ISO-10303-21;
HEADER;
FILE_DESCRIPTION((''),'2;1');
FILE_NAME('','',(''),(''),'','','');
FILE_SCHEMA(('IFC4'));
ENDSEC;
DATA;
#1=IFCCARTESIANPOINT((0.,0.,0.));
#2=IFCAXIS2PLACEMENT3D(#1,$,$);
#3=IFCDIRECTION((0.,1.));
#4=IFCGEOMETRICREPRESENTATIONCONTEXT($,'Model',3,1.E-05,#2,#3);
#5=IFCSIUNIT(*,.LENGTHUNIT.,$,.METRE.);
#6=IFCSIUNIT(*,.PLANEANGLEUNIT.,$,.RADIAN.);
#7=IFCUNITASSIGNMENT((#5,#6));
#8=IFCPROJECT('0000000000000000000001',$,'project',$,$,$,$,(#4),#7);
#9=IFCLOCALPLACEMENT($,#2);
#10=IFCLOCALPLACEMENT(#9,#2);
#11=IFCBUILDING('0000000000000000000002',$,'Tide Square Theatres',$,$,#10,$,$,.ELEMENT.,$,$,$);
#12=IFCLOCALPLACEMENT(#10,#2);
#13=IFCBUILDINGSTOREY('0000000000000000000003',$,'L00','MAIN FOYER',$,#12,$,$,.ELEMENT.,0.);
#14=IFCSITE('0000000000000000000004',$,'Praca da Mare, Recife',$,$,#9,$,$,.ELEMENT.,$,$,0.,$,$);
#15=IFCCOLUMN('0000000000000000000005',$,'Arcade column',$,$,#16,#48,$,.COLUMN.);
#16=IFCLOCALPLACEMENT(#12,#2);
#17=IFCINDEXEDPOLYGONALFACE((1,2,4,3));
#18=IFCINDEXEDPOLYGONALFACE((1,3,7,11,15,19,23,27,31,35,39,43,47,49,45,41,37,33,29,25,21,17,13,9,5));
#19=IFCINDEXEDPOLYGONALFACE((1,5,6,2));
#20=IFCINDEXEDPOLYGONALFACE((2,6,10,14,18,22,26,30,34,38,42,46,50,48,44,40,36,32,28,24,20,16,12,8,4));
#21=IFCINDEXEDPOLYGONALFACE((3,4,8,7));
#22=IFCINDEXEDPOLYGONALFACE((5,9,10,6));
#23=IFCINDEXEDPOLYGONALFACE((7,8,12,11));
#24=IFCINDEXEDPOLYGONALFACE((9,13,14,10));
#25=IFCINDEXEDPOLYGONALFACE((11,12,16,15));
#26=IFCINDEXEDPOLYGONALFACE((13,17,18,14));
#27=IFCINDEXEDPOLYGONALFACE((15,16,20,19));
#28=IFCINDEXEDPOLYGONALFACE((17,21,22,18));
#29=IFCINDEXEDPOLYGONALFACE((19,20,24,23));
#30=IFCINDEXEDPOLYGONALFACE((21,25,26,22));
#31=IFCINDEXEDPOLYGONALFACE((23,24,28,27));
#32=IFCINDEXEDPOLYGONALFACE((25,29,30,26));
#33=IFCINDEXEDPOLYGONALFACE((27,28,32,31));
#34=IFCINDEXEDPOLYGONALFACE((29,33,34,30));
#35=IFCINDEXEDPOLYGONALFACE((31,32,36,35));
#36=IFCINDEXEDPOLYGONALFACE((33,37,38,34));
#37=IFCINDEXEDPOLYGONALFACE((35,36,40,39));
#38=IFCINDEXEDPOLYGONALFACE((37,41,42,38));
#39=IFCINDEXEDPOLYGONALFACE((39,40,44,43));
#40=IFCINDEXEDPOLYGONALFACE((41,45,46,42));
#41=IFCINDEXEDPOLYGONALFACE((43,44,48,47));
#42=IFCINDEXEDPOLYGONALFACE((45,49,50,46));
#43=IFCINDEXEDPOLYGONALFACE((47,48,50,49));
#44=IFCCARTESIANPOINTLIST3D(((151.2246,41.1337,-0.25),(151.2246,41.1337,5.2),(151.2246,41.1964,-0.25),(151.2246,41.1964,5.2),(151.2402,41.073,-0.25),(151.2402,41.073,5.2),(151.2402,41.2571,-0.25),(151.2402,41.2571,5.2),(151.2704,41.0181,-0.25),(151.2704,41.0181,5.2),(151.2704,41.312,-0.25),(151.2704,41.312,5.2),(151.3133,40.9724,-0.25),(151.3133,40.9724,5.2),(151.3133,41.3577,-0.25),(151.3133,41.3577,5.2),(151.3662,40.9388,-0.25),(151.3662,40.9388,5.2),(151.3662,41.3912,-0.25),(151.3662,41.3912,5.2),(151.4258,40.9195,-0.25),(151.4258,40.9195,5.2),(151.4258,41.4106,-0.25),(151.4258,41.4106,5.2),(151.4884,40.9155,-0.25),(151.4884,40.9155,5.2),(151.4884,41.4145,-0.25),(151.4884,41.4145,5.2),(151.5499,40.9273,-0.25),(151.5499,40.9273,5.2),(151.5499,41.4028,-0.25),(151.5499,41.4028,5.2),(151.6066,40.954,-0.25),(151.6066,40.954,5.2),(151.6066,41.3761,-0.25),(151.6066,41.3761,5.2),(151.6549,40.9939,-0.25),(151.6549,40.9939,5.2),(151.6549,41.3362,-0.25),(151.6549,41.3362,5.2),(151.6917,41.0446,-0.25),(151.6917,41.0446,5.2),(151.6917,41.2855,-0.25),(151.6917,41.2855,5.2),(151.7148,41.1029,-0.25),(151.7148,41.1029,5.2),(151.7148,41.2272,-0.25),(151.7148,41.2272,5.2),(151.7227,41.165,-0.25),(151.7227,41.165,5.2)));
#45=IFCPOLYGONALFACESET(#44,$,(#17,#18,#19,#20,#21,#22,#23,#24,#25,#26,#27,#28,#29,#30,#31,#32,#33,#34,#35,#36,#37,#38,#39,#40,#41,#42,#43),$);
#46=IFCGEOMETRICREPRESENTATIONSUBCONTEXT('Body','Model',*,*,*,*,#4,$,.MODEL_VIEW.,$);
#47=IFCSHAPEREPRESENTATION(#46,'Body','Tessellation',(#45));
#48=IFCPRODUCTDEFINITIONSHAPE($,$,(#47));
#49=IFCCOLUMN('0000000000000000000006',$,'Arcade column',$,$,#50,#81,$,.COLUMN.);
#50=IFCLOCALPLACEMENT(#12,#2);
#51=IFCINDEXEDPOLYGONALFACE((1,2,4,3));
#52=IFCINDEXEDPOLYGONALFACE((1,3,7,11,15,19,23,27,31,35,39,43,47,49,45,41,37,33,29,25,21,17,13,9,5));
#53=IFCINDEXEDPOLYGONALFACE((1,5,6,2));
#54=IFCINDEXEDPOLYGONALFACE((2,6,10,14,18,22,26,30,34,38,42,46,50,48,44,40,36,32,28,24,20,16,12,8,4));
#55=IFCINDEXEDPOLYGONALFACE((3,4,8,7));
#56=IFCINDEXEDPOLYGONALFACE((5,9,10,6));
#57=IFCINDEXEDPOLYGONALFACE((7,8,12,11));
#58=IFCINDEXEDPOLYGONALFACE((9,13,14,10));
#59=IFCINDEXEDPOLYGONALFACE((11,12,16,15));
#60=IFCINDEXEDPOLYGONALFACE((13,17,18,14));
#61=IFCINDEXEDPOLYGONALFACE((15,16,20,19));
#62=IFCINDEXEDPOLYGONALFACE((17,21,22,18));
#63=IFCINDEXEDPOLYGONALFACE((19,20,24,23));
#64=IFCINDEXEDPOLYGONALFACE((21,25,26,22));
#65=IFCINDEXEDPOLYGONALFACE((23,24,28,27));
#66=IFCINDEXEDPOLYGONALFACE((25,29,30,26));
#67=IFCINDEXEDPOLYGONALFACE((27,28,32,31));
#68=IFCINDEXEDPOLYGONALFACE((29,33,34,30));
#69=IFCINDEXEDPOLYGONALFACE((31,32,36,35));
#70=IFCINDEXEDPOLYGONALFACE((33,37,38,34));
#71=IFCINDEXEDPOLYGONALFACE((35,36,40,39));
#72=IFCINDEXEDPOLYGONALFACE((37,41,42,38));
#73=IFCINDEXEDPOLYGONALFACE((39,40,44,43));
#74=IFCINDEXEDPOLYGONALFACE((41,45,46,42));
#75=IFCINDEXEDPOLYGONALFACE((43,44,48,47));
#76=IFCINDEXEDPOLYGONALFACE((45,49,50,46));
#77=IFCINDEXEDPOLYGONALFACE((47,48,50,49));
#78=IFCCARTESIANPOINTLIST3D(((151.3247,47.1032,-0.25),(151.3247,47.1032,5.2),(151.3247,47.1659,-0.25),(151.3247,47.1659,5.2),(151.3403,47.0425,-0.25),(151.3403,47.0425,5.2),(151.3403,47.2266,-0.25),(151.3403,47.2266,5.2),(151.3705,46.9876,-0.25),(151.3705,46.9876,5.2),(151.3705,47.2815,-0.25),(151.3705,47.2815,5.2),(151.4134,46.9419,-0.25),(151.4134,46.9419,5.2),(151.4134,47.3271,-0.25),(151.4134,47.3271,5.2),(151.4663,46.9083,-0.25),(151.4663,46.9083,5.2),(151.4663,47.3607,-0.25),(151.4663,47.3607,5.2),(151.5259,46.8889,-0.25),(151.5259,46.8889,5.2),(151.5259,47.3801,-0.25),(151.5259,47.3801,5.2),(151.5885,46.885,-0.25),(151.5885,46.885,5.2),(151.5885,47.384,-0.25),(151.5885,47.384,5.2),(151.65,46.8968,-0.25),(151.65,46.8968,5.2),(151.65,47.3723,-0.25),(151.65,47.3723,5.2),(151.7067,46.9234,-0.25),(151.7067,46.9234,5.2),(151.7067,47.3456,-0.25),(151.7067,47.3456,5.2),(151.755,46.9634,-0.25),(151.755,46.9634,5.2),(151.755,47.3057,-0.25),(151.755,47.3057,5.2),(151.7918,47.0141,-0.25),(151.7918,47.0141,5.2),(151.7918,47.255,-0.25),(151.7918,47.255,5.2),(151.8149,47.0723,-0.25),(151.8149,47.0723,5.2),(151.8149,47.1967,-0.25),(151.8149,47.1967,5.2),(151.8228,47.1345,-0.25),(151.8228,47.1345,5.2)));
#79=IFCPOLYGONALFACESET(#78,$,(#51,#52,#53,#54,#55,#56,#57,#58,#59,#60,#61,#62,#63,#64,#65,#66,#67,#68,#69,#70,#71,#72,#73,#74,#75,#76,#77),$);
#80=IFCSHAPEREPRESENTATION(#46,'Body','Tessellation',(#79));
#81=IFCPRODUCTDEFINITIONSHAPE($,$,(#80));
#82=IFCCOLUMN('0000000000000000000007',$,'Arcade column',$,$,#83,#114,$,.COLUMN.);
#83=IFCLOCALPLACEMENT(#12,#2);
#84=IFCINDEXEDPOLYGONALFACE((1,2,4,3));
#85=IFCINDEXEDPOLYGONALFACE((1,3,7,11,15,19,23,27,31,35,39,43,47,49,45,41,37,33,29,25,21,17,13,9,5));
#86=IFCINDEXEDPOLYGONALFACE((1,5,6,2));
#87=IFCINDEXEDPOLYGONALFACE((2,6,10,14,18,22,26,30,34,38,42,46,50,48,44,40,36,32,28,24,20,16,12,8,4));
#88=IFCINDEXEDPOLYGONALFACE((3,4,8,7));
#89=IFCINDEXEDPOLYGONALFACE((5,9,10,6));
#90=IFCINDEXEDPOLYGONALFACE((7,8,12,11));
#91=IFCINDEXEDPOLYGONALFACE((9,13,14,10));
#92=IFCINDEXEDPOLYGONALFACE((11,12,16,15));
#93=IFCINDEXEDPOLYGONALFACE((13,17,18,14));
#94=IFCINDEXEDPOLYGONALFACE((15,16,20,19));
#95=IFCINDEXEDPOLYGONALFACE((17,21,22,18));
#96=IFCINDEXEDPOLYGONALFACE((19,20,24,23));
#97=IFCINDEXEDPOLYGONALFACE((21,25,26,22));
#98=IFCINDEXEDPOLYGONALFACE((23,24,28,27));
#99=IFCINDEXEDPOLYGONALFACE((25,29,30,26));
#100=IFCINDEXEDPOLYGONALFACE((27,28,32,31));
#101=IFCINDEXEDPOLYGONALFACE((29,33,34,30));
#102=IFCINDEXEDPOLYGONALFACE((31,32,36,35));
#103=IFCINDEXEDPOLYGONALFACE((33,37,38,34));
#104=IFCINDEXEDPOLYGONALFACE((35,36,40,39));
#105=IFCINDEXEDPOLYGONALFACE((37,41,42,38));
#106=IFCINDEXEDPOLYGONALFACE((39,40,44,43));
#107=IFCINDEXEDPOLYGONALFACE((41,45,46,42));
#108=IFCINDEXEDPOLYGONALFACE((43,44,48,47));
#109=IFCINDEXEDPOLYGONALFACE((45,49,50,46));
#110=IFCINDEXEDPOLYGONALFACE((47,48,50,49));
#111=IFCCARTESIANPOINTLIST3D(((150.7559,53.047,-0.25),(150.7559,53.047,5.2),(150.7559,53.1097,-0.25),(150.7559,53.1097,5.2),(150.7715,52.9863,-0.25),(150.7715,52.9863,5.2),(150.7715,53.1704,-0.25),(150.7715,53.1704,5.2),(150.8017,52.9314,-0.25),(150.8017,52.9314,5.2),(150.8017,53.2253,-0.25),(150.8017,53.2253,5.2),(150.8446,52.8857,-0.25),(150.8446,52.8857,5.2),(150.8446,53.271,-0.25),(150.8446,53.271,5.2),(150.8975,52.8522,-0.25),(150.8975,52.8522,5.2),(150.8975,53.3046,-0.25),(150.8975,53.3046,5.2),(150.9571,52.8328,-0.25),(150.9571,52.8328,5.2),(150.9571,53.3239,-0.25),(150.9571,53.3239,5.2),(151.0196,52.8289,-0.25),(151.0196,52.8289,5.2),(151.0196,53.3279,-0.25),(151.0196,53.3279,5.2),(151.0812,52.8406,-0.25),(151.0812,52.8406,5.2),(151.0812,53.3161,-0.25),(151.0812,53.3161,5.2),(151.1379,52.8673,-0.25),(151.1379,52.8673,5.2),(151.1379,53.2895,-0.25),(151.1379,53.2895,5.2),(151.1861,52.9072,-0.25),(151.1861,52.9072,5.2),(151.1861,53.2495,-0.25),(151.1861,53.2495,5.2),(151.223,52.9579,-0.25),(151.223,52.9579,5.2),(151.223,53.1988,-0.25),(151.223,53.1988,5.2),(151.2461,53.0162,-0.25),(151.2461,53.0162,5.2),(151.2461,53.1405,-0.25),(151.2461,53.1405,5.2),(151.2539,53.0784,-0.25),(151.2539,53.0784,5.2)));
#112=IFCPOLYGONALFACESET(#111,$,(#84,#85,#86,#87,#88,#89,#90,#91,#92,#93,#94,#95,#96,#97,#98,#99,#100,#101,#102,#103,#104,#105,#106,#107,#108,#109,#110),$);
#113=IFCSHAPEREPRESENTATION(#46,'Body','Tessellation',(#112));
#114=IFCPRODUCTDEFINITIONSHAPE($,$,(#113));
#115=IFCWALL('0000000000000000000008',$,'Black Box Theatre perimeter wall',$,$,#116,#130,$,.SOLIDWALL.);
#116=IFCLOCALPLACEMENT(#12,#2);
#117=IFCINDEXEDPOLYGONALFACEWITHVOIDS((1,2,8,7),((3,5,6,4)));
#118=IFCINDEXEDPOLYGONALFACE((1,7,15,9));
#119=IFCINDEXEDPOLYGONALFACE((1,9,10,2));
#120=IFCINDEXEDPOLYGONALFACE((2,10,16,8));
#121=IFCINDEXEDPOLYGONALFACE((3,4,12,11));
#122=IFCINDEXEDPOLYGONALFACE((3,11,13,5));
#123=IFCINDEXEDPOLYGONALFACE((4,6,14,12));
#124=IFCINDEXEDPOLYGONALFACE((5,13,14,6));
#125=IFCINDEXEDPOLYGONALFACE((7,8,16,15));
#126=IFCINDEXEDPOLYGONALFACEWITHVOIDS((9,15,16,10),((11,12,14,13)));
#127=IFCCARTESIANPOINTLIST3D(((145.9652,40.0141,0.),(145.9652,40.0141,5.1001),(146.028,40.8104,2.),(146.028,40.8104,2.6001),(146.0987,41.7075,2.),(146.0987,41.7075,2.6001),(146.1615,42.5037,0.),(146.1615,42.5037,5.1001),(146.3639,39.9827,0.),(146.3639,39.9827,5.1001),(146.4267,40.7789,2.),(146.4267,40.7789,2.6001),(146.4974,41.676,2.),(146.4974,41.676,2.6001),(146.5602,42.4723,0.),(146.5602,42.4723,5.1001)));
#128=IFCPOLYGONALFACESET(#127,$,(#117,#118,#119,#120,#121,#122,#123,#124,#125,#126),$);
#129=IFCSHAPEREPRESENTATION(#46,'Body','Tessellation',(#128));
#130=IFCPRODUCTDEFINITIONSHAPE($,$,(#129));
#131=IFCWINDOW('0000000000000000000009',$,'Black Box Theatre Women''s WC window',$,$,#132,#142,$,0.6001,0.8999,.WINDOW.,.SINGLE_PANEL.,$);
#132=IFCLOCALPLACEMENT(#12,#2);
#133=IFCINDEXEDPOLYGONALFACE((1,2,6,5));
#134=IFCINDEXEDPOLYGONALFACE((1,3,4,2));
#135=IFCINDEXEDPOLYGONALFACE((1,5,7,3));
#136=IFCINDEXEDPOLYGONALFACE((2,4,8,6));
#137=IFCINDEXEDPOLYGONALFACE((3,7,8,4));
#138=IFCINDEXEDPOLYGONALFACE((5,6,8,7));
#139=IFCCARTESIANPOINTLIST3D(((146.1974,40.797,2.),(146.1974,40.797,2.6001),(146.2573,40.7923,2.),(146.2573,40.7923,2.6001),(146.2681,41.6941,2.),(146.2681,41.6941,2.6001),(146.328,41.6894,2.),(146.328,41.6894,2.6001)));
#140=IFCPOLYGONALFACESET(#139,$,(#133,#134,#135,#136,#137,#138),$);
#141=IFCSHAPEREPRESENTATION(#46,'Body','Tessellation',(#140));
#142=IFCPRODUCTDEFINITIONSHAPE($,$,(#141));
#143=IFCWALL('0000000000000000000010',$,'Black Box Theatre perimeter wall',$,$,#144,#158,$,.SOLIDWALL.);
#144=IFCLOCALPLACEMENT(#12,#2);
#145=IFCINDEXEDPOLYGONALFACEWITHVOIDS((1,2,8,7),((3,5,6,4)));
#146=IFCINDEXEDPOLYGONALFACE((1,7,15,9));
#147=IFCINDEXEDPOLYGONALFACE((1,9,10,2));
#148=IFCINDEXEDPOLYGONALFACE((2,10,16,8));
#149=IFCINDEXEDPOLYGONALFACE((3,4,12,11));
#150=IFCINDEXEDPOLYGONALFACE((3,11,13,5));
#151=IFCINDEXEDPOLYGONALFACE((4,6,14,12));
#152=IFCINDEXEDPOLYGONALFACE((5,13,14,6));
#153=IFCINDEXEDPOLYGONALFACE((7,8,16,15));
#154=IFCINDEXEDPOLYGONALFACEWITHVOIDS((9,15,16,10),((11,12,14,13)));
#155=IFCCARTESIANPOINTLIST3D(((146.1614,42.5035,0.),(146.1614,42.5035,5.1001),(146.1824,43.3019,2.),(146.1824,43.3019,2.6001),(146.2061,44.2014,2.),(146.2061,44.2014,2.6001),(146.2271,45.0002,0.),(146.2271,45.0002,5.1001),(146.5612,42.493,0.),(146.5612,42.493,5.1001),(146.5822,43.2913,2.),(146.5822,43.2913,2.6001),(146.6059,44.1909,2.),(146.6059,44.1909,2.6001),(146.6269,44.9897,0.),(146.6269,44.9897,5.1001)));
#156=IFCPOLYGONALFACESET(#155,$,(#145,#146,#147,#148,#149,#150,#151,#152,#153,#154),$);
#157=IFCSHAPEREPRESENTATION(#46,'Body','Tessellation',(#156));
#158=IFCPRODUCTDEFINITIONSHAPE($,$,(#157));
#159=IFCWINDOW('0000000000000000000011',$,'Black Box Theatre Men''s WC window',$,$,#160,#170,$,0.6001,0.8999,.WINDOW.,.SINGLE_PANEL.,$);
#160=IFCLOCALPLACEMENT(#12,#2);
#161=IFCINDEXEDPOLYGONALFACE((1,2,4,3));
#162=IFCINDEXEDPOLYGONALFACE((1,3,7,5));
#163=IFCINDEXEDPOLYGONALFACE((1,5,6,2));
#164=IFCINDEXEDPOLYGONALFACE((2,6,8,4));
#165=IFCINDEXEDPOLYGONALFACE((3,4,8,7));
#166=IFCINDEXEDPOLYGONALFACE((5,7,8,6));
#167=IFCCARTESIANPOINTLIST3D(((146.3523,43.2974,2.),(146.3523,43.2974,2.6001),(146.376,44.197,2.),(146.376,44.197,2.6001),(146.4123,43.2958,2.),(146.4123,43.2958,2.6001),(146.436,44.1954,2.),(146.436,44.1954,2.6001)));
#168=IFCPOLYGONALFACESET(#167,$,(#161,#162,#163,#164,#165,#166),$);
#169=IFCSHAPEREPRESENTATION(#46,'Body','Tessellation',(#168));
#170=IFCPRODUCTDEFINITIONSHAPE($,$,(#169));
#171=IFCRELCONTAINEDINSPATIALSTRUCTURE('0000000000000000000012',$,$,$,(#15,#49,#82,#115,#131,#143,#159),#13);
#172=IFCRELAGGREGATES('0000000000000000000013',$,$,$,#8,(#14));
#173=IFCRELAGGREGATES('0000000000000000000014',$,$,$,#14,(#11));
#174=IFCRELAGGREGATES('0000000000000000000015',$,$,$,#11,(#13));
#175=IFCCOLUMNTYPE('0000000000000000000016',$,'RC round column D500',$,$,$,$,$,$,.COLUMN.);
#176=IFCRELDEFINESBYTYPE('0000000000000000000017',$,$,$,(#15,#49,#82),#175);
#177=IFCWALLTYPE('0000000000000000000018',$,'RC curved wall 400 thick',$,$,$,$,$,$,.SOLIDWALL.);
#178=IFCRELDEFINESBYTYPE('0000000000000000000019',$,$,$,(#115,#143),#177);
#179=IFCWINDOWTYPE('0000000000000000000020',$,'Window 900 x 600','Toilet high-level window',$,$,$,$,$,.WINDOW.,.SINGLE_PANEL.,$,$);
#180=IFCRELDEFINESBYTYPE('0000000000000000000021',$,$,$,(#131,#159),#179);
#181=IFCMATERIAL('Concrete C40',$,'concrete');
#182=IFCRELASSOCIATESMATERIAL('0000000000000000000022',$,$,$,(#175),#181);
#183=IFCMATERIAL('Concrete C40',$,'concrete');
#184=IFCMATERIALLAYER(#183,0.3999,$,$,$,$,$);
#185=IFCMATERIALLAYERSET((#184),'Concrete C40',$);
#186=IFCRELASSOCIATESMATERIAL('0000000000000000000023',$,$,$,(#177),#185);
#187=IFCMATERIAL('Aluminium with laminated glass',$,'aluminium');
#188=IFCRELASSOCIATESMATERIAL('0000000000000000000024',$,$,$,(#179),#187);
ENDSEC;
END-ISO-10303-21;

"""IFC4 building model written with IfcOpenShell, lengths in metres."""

from ifc_helpers import new_model, si_unit, direction, frame, frame_2d, origin, origin_2d, place, context, subcontext, project, spatial, rectangle, circle, extrude, material, layer, layer_set, material_profile, profile_set, type_object, element, fill, save


model = new_model("IFC4")

# Units and contexts
model_context = context("Model", 3, precision=1e-05, world=origin(), true_north=direction((0.0, 1.0)))
body_context = subcontext(model_context, "Body", "Model", "MODEL_VIEW")
ifc_project = project(units=[si_unit("LENGTHUNIT", "METRE"), si_unit("PLANEANGLEUNIT", "RADIAN")], contexts=[model_context])

# Site, building, storey
site_placement = place(None, origin())
site = spatial("IfcSite", under=ifc_project, at=site_placement, Name="Praca da Mare, Recife", CompositionType="ELEMENT", RefElevation=0.0)
building_placement = place(site_placement, origin())
building = spatial("IfcBuilding", under=site, at=building_placement, Name="Tide Square Theatres", CompositionType="ELEMENT")
storey_placement = place(building_placement, origin())
storey = spatial("IfcBuildingStorey", under=building, at=storey_placement, Name="L00", Description="MAIN FOYER", CompositionType="ELEMENT", Elevation=0.0)

# Columns
ifc_material_1 = material(Name="Concrete C40", Category="concrete")
ifc_material_profile_1 = material_profile(ifc_material_1, circle(Radius=0.25, at=origin_2d()))
ifc_profile_set_1 = profile_set([ifc_material_profile_1], Name="Concrete C40")
column_type_1 = type_object("IfcColumnType", Name="RC round column D500", PredefinedType="COLUMN", material=ifc_profile_set_1)
for number, where, z_axis, x_axis, name in (
    (1, (151.4727, 41.165, -0.25), (0.0, 0.0, 1.0), (1.0, 0.0, 0.0), "Arcade column"),
    (2, (151.5728, 47.1345, -0.25), (0.0, 0.0, 1.0), (1.0, 0.0, 0.0), "Arcade column"),
    (3, (151.0039, 53.0784, -0.25), (0.0, 0.0, 1.0), (1.0, 0.0, 0.0), "Arcade column"),
):
    element("IfcColumn", number, at=place(storey_placement, frame(where, z_axis=z_axis, x_axis=x_axis)), inside=storey, type_object=column_type_1, Name=name, PredefinedType="COLUMN", context=body_context, shape_type="SweptSolid", body=[
        extrude(circle(Radius=0.25, at=origin_2d()), origin(), (0.0, 0.0, 1.0), 5.45),
    ])

# Walls, openings, windows
ifc_material_2 = material(Name="Concrete C40", Category="concrete")
ifc_layer_1 = layer(ifc_material_2, 0.3999)
ifc_layer_set_1 = layer_set([ifc_layer_1], Name="Concrete C40")
wall_type = type_object("IfcWallType", Name="RC curved wall 400 thick", PredefinedType="SOLIDWALL", material=ifc_layer_set_1)
wall_1_placement = place(storey_placement, frame((146.1646, 39.9985, 0.0), z_axis=(0.0, 0.0, 1.0), x_axis=(0.078603, 0.996906, 0.0)))
wall_1 = element("IfcWall", 4, at=wall_1_placement, inside=storey, type_object=wall_type, Name="Black Box Theatre perimeter wall", PredefinedType="SOLIDWALL", context=body_context, shape_type="SweptSolid", body=[
    extrude(rectangle(XDim=2.4973, YDim=0.3999, at=frame_2d((1.2485, 0.0))), origin(), (0.0, 0.0, 1.0), 5.1001),
])
opening_1_placement = place(wall_1_placement, frame((0.7986, 0.0, 2.0)))
opening_1 = element("IfcOpeningElement", 5, at=opening_1_placement, cuts=wall_1, PredefinedType="OPENING", context=body_context, shape_type="SweptSolid", body=[
    extrude(rectangle(XDim=0.8999, YDim=0.6001, at=frame_2d((0.45, 0.3))), frame((0.0, 0.21, 0.0), z_axis=(0.0, -1.0, 0.0), x_axis=(1.0, 0.0, 0.0)), (0.0, 0.0, 1.0), 0.4199),
])
ifc_material_3 = material(Name="Aluminium with laminated glass", Category="aluminium")
window_type_1 = type_object("IfcWindowType", Name="Window 900 x 600", Description="Toilet high-level window", PartitioningType="SINGLE_PANEL", PredefinedType="WINDOW", material=ifc_material_3)
window_1_placement = place(opening_1_placement, origin())
window_1 = element("IfcWindow", 6, at=window_1_placement, inside=storey, type_object=window_type_1, Name="Black Box Theatre Women's WC window", OverallHeight=0.6001, OverallWidth=0.8999, PartitioningType="SINGLE_PANEL", PredefinedType="WINDOW", context=body_context, shape_type="SweptSolid", body=[
    extrude(rectangle(XDim=0.8999, YDim=0.6001, at=frame_2d((0.45, 0.3))), frame((0.0, 0.03, 0.0), z_axis=(0.0, -1.0, 0.0), x_axis=(1.0, 0.0, 0.0)), (0.0, 0.0, 1.0), 0.0601),
])
fill(opening_1, window_1)
wall_2_placement = place(storey_placement, frame((146.3613, 42.4983, 0.0), z_axis=(0.0, 0.0, 1.0), x_axis=(0.026296, 0.999654, 0.0)))
wall_2 = element("IfcWall", 7, at=wall_2_placement, inside=storey, type_object=wall_type, Name="Black Box Theatre perimeter wall", PredefinedType="SOLIDWALL", context=body_context, shape_type="SweptSolid", body=[
    extrude(rectangle(XDim=2.4976, YDim=0.3999, at=frame_2d((1.2488, 0.0))), origin(), (0.0, 0.0, 1.0), 5.1001),
])
opening_2_placement = place(wall_2_placement, frame((0.7986, 0.0, 2.0)))
opening_2 = element("IfcOpeningElement", 8, at=opening_2_placement, cuts=wall_2, PredefinedType="OPENING", context=body_context, shape_type="SweptSolid", body=[
    extrude(rectangle(XDim=0.8999, YDim=0.6001, at=frame_2d((0.45, 0.3))), frame((0.0, 0.21, 0.0), z_axis=(0.0, -1.0, 0.0), x_axis=(1.0, 0.0, 0.0)), (0.0, 0.0, 1.0), 0.4199),
])
window_2_placement = place(opening_2_placement, origin())
window_2 = element("IfcWindow", 9, at=window_2_placement, inside=storey, type_object=window_type_1, Name="Black Box Theatre Men's WC window", OverallHeight=0.6001, OverallWidth=0.8999, PartitioningType="SINGLE_PANEL", PredefinedType="WINDOW", context=body_context, shape_type="SweptSolid", body=[
    extrude(rectangle(XDim=0.8999, YDim=0.6001, at=frame_2d((0.45, 0.3))), frame((0.0, 0.03, 0.0), z_axis=(0.0, -1.0, 0.0), x_axis=(1.0, 0.0, 0.0)), (0.0, 0.0, 1.0), 0.0601),
])
fill(opening_2, window_2)

save(model, "model.ifc")
